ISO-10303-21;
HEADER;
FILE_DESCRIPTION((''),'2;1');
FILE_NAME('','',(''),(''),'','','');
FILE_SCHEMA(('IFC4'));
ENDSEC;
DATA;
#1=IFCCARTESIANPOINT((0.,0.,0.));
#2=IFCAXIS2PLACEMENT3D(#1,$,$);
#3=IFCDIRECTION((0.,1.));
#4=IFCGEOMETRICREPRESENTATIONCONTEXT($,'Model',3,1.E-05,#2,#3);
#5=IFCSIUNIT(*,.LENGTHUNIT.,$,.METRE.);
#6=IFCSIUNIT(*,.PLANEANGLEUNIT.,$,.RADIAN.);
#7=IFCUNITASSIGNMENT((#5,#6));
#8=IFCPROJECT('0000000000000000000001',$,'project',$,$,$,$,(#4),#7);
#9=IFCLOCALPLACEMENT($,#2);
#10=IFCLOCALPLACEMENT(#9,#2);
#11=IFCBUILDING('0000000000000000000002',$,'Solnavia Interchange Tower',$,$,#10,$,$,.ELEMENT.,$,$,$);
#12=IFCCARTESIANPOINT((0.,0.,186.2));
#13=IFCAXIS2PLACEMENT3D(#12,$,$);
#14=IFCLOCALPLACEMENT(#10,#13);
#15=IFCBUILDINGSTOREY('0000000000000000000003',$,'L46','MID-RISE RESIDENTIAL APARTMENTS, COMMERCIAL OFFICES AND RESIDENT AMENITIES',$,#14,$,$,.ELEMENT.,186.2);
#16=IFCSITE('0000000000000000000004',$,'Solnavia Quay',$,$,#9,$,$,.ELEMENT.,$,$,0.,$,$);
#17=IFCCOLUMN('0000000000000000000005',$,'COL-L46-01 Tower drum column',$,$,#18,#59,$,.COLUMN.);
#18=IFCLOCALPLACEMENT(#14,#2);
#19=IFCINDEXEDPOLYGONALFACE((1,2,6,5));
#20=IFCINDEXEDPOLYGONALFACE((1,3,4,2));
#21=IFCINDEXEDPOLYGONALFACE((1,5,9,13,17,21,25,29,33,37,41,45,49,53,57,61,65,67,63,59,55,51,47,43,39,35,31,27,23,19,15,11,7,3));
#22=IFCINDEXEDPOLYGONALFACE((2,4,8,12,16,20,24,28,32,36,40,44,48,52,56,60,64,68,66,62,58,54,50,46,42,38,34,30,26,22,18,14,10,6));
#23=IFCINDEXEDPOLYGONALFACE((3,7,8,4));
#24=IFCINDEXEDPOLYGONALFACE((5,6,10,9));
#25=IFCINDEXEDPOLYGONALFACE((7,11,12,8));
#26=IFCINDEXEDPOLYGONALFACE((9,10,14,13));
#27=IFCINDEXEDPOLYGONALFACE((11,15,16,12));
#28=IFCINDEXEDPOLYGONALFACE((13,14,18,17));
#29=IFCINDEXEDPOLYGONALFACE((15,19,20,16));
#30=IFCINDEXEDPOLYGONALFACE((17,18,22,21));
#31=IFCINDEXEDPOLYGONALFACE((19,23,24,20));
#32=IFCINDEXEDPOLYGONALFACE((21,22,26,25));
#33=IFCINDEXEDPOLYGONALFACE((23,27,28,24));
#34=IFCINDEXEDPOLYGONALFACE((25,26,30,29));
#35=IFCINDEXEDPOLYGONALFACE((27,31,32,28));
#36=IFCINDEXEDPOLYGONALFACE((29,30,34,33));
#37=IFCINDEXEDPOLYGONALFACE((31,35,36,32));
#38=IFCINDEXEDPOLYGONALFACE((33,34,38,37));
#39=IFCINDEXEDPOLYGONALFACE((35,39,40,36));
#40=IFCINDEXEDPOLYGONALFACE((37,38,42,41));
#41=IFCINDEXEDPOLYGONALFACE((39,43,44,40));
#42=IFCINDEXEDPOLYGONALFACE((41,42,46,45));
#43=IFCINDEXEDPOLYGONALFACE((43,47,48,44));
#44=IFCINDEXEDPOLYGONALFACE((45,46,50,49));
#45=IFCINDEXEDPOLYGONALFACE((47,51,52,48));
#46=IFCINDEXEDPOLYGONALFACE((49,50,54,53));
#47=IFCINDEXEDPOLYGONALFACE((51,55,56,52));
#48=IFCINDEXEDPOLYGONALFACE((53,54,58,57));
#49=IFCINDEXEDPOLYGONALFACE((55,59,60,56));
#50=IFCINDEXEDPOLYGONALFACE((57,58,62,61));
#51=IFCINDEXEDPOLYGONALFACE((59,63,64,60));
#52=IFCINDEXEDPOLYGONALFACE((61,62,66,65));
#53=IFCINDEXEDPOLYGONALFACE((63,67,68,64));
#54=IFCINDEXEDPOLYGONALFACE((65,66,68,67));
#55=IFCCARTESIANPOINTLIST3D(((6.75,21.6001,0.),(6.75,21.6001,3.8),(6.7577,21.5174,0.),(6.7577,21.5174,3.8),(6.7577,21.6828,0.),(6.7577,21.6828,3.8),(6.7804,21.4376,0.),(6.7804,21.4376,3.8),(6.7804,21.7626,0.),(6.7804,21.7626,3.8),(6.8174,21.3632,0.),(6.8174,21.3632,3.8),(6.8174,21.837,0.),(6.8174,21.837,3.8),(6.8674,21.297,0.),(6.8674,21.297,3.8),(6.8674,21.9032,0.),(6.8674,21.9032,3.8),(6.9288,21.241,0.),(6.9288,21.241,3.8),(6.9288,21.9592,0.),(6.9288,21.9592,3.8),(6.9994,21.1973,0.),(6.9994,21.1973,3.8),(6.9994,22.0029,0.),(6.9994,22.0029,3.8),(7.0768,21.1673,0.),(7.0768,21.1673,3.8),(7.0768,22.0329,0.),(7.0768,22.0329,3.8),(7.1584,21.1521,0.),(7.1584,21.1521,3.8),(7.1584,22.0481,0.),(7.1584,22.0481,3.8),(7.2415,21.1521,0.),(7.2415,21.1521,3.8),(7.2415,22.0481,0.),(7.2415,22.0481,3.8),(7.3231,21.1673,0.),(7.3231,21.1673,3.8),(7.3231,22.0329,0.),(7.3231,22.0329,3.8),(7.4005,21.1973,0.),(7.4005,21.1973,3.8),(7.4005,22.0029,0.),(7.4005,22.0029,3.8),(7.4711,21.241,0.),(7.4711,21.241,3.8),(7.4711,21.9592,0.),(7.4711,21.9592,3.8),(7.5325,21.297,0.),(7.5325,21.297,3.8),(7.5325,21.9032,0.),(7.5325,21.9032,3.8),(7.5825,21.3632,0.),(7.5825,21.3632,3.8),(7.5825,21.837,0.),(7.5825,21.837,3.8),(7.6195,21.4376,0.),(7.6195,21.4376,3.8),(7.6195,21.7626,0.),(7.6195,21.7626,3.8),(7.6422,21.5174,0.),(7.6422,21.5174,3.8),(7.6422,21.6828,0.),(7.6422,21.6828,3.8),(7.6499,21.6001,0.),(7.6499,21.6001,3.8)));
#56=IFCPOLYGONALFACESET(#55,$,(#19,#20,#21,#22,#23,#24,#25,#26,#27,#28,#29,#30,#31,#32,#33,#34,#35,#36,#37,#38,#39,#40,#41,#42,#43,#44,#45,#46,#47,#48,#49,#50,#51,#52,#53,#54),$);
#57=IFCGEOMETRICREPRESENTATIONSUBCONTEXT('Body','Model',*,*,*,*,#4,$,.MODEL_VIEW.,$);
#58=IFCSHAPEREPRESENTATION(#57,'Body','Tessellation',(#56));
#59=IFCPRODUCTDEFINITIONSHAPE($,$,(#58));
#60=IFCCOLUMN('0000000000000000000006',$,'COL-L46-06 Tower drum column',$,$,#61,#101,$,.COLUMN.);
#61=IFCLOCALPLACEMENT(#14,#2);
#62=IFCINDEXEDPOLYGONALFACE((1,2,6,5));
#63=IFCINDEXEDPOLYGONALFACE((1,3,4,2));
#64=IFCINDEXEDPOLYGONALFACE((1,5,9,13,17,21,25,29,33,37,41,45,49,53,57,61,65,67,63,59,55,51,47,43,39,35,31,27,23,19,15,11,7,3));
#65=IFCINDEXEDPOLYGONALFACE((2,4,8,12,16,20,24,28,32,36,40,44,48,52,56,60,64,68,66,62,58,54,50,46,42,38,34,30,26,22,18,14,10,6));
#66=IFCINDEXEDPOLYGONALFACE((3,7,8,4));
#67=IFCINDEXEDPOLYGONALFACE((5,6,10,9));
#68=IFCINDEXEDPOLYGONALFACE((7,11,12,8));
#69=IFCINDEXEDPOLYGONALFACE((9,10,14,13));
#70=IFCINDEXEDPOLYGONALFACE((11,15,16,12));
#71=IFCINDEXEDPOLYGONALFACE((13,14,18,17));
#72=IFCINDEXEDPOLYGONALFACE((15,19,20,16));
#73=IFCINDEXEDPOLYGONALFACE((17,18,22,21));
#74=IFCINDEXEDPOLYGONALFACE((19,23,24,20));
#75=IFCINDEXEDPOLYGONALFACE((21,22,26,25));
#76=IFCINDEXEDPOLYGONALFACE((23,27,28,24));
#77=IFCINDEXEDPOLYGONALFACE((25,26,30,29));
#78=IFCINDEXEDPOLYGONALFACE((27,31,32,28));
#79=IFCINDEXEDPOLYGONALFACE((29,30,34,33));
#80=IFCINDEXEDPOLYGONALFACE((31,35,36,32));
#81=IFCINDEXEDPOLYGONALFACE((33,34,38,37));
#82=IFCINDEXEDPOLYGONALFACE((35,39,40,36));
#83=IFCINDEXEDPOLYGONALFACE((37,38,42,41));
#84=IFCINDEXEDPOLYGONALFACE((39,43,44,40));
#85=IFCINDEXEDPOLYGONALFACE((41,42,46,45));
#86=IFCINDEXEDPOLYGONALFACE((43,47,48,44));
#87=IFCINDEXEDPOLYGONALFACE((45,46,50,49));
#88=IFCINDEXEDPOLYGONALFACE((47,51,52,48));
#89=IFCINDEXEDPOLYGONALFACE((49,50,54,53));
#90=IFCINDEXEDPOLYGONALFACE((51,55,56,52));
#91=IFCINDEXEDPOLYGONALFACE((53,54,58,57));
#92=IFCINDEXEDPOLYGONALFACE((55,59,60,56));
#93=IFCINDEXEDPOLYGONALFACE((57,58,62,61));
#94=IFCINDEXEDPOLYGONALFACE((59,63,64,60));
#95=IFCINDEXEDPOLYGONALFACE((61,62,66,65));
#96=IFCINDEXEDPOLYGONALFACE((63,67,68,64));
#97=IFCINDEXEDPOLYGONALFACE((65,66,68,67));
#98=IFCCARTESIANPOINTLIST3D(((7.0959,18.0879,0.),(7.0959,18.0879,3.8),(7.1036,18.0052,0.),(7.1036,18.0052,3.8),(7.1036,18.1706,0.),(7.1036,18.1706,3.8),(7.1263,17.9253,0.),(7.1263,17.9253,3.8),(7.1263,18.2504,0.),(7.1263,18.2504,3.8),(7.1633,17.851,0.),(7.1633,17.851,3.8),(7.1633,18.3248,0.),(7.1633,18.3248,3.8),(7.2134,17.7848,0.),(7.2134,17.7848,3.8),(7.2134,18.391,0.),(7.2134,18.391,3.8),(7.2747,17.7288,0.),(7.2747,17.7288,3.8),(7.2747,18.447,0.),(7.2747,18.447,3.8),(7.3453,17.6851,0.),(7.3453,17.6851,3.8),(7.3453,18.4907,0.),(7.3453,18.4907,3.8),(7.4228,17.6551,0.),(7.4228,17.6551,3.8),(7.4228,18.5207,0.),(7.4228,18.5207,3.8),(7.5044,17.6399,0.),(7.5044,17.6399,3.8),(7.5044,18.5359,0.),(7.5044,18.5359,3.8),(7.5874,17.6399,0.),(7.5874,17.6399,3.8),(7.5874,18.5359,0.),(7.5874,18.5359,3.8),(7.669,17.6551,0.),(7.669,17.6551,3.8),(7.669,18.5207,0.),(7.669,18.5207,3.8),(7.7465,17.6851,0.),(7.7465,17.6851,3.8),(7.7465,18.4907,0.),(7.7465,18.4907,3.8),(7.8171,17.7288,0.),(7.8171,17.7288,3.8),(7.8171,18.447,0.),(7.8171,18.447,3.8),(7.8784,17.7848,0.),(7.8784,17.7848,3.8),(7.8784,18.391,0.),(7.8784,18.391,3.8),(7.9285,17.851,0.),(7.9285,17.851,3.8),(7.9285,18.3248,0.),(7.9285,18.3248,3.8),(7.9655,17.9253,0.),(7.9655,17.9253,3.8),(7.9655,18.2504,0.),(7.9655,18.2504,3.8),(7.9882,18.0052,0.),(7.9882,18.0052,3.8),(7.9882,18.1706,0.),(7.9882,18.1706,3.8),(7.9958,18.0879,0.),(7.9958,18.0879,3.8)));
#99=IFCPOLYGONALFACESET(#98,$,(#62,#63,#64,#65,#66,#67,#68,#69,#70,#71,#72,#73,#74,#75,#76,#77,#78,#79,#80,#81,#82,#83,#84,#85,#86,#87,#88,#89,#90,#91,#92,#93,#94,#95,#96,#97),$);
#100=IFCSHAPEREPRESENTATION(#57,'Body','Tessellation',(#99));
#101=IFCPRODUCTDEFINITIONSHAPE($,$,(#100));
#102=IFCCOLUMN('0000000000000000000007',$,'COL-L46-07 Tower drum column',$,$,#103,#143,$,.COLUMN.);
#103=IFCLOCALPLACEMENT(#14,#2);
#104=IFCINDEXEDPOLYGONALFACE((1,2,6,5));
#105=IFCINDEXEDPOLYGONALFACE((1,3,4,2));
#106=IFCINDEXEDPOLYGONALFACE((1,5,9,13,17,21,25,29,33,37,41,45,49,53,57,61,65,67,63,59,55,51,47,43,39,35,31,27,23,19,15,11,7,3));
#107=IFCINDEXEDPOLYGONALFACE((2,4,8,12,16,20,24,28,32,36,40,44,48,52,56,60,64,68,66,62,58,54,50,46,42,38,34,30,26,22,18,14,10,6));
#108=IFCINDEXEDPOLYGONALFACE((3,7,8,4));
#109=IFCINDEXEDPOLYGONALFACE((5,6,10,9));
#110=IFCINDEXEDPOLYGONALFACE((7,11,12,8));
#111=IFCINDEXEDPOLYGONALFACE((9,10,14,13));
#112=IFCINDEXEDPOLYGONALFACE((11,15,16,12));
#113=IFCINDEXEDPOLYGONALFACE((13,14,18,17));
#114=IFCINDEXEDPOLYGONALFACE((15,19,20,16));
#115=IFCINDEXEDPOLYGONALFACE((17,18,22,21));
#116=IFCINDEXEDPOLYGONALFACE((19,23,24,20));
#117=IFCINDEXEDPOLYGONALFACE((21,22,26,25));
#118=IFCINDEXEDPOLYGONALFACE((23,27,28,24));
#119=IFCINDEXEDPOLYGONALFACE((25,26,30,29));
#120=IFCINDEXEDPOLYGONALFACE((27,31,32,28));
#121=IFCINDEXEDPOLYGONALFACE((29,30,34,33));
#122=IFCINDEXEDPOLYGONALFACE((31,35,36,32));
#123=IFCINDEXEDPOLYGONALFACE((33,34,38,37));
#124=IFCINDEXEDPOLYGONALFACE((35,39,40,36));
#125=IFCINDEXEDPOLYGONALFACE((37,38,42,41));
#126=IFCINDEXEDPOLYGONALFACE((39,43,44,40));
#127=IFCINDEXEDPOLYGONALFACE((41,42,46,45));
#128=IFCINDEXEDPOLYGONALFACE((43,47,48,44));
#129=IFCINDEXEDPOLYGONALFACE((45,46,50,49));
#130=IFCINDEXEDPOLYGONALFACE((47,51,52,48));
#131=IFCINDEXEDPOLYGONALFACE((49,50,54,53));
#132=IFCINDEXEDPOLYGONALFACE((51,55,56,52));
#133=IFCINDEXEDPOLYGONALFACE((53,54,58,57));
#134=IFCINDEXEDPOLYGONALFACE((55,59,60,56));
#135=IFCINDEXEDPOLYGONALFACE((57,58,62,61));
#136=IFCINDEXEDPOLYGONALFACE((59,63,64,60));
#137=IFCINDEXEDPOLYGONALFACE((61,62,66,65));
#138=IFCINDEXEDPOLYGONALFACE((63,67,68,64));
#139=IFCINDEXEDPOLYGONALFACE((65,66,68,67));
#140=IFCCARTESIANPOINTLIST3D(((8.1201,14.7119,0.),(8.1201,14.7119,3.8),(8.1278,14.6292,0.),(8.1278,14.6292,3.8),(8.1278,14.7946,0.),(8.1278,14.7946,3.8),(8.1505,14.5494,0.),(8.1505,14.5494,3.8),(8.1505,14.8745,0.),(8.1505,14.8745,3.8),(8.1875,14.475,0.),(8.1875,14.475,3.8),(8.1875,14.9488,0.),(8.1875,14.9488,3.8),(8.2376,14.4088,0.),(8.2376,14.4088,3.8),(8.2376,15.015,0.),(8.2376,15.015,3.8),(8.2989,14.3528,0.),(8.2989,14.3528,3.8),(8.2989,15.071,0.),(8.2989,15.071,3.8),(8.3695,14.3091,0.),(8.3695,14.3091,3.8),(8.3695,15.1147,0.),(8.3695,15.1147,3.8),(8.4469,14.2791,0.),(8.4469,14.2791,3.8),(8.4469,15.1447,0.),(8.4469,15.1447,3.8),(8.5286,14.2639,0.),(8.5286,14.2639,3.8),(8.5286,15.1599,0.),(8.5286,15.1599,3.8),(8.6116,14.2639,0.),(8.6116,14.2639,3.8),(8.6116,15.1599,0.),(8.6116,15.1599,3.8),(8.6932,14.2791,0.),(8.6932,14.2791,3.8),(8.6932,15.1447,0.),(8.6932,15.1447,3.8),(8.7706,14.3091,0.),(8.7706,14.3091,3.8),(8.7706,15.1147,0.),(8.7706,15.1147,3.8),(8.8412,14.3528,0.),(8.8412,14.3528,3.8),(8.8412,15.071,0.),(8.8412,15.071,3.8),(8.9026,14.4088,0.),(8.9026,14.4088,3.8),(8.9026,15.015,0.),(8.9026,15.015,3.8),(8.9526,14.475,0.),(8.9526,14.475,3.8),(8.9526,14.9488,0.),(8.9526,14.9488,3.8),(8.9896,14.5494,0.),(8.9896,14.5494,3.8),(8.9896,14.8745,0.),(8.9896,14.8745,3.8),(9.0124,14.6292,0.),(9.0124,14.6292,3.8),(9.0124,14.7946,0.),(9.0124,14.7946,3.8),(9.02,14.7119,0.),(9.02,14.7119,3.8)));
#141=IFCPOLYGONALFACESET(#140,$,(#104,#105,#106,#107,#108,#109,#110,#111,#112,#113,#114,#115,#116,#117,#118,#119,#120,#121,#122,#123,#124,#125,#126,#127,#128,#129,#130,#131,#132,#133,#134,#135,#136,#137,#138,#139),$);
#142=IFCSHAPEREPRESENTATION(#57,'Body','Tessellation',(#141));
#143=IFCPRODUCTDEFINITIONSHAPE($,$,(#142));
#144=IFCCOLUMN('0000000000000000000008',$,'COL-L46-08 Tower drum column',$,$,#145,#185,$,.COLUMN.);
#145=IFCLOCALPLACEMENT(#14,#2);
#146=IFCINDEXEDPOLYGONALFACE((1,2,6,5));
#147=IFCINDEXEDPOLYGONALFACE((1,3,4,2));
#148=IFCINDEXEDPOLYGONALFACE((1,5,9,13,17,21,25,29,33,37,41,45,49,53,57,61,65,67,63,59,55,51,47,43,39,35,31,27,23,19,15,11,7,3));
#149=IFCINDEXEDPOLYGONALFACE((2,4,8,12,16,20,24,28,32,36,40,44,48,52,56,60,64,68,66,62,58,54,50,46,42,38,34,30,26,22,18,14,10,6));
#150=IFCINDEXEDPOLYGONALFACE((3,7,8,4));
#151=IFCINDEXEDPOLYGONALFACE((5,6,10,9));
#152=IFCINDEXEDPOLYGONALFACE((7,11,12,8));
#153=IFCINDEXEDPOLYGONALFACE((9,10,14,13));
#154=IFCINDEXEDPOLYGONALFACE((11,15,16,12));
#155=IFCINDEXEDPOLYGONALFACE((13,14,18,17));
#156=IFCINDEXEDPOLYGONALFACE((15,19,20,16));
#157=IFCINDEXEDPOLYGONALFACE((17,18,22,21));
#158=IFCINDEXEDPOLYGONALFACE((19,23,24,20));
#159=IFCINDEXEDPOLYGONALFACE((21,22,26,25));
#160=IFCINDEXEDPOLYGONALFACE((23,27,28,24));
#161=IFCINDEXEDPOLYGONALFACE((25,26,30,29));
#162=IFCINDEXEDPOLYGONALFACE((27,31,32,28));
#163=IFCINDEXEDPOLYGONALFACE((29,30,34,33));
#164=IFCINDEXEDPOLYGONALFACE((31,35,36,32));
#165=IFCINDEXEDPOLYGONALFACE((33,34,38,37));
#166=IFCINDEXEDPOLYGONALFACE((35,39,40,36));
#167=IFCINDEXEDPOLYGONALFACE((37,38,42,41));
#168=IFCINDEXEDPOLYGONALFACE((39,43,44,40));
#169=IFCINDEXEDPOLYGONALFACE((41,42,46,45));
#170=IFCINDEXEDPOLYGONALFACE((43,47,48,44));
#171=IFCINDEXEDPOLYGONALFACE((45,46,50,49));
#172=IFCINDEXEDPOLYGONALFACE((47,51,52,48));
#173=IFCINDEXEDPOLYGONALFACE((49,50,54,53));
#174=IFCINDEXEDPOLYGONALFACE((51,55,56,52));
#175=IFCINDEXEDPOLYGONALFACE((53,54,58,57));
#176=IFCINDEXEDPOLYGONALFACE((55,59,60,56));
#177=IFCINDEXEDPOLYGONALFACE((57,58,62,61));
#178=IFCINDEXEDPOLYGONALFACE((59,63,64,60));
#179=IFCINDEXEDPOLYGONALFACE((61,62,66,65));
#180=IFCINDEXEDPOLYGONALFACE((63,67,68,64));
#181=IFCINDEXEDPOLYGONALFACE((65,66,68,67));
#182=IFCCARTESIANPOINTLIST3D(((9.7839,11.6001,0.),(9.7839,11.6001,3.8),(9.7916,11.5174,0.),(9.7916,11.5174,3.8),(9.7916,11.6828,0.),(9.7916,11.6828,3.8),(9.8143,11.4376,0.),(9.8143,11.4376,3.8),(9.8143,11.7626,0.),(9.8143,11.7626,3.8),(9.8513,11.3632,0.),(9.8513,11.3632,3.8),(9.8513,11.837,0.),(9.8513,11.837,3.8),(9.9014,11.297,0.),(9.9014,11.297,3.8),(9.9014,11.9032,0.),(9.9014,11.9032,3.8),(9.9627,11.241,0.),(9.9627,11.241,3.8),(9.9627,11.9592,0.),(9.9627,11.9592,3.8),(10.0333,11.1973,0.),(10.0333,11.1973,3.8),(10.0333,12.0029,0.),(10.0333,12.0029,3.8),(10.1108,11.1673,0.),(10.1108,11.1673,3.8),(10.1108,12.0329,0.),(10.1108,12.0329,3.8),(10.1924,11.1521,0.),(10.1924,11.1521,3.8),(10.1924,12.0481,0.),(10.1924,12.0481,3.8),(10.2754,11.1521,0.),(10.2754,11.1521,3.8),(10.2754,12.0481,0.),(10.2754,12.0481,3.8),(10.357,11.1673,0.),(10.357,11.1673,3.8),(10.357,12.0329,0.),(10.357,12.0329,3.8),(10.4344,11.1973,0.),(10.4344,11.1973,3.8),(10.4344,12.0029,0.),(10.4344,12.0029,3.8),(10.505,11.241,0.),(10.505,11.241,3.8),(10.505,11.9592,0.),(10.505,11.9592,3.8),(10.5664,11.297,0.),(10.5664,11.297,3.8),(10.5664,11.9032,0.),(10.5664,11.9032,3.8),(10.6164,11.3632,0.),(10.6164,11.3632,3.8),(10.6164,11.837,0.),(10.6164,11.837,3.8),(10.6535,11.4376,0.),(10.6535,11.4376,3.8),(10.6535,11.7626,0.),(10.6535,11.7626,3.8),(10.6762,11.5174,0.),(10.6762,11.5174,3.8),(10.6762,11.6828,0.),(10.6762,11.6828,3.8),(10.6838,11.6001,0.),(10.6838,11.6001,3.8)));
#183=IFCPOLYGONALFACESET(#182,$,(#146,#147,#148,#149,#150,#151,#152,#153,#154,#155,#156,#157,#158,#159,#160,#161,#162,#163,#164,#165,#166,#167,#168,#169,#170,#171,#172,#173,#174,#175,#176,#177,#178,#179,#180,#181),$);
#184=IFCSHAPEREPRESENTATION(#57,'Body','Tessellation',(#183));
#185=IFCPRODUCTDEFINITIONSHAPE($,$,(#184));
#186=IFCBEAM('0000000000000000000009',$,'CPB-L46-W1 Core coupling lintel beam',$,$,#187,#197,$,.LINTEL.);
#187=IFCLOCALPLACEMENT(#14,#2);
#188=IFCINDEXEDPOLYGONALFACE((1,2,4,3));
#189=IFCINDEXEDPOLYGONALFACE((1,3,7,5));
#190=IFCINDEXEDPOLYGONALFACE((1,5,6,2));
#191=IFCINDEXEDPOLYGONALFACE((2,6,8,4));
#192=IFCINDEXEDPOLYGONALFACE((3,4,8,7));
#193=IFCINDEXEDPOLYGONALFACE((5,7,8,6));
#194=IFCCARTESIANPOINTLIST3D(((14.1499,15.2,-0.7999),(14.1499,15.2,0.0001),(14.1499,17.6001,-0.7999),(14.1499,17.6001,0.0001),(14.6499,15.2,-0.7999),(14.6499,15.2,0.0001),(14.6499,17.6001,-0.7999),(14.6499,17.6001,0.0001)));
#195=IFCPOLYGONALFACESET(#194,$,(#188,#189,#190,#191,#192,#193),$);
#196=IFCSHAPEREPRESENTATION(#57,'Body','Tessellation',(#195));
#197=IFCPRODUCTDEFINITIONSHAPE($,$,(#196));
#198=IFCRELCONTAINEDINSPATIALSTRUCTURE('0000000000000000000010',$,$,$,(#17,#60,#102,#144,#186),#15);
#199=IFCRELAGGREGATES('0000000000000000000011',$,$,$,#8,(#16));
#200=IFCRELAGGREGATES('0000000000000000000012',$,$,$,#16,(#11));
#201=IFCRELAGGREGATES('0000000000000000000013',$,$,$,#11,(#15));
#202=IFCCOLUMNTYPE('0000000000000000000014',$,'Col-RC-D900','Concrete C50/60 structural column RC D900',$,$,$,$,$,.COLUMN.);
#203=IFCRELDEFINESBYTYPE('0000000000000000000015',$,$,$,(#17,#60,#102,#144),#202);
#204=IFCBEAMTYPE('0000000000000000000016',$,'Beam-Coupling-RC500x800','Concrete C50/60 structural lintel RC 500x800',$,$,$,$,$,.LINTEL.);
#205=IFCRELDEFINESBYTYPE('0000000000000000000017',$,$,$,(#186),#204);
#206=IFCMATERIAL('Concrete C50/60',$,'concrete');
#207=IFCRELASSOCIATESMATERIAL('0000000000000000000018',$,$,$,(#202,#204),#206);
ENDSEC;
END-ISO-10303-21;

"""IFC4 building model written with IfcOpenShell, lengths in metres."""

from ifc_helpers import new_model, si_unit, direction, frame, origin, origin_2d, place, context, subcontext, project, spatial, rectangle, circle, extrude, material, material_profile, profile_set, type_object, element, save


model = new_model("IFC4")

# Units and contexts
model_context = context("Model", 3, precision=1e-05, world=origin(), true_north=direction((0.0, 1.0)))
body_context = subcontext(model_context, "Body", "Model", "MODEL_VIEW")
ifc_project = project(units=[si_unit("LENGTHUNIT", "METRE"), si_unit("PLANEANGLEUNIT", "RADIAN")], contexts=[model_context])

# Site, building, storey
site_placement = place(None, origin())
site = spatial("IfcSite", under=ifc_project, at=site_placement, Name="Solnavia Quay", CompositionType="ELEMENT", RefElevation=0.0)
building_placement = place(site_placement, origin())
building = spatial("IfcBuilding", under=site, at=building_placement, Name="Solnavia Interchange Tower", CompositionType="ELEMENT")
storey_placement = place(building_placement, frame((0.0, 0.0, 186.2)))
storey = spatial("IfcBuildingStorey", under=building, at=storey_placement, Name="L46", Description="MID-RISE RESIDENTIAL APARTMENTS, COMMERCIAL OFFICES AND RESIDENT AMENITIES", CompositionType="ELEMENT", Elevation=186.2)

# Columns
ifc_material_1 = material(Name="Concrete C50/60", Category="concrete")
ifc_material_profile_1 = material_profile(ifc_material_1, circle(Radius=0.45, at=origin_2d()), Name="RC D900")
ifc_profile_set_1 = profile_set([ifc_material_profile_1], Name="Concrete C50/60")
column_type = type_object("IfcColumnType", Name="Col-RC-D900", Description="Concrete C50/60 structural column RC D900", PredefinedType="COLUMN", material=ifc_profile_set_1)
for number, where, z_axis, x_axis, name in (
    (1, (7.2, 21.6001, 0.0), (0.0, 0.0, 1.0), (1.0, 0.0, 0.0), "COL-L46-01 Tower drum column"),
    (2, (7.5459, 18.0879, 0.0), (0.0, 0.0, 1.0), (1.0, 0.0, 0.0), "COL-L46-06 Tower drum column"),
    (3, (8.5701, 14.7119, 0.0), (0.0, 0.0, 1.0), (1.0, 0.0, 0.0), "COL-L46-07 Tower drum column"),
    (4, (10.2339, 11.6001, 0.0), (0.0, 0.0, 1.0), (1.0, 0.0, 0.0), "COL-L46-08 Tower drum column"),
):
    element("IfcColumn", number, at=place(storey_placement, frame(where, z_axis=z_axis, x_axis=x_axis)), inside=storey, type_object=column_type, Name=name, PredefinedType="COLUMN", context=body_context, shape_type="SweptSolid", body=[
        extrude(circle(Radius=0.45, at=origin_2d()), origin(), (0.0, 0.0, 1.0), 3.8),
    ])

# Beam
ifc_material_profile_2 = material_profile(ifc_material_1, rectangle(XDim=0.5, YDim=0.8, at=origin_2d()), Name="RC 500x800")
ifc_profile_set_2 = profile_set([ifc_material_profile_2], Name="Concrete C50/60")
beam_type_1 = type_object("IfcBeamType", Name="Beam-Coupling-RC500x800", Description="Concrete C50/60 structural lintel RC 500x800", PredefinedType="LINTEL", material=ifc_profile_set_2)
beam_1_placement = place(storey_placement, frame((14.3999, 15.2, -0.3999), z_axis=(0.0, 1.0, 0.0), x_axis=(-1.0, 0.0, 0.0)))
element("IfcBeam", 5, at=beam_1_placement, inside=storey, type_object=beam_type_1, Name="CPB-L46-W1 Core coupling lintel beam", PredefinedType="LINTEL", context=body_context, shape_type="SweptSolid", body=[
    extrude(rectangle(XDim=0.5, YDim=0.8, at=origin_2d()), origin(), (0.0, 0.0, 1.0), 2.4001),
])

save(model, "model.ifc")
